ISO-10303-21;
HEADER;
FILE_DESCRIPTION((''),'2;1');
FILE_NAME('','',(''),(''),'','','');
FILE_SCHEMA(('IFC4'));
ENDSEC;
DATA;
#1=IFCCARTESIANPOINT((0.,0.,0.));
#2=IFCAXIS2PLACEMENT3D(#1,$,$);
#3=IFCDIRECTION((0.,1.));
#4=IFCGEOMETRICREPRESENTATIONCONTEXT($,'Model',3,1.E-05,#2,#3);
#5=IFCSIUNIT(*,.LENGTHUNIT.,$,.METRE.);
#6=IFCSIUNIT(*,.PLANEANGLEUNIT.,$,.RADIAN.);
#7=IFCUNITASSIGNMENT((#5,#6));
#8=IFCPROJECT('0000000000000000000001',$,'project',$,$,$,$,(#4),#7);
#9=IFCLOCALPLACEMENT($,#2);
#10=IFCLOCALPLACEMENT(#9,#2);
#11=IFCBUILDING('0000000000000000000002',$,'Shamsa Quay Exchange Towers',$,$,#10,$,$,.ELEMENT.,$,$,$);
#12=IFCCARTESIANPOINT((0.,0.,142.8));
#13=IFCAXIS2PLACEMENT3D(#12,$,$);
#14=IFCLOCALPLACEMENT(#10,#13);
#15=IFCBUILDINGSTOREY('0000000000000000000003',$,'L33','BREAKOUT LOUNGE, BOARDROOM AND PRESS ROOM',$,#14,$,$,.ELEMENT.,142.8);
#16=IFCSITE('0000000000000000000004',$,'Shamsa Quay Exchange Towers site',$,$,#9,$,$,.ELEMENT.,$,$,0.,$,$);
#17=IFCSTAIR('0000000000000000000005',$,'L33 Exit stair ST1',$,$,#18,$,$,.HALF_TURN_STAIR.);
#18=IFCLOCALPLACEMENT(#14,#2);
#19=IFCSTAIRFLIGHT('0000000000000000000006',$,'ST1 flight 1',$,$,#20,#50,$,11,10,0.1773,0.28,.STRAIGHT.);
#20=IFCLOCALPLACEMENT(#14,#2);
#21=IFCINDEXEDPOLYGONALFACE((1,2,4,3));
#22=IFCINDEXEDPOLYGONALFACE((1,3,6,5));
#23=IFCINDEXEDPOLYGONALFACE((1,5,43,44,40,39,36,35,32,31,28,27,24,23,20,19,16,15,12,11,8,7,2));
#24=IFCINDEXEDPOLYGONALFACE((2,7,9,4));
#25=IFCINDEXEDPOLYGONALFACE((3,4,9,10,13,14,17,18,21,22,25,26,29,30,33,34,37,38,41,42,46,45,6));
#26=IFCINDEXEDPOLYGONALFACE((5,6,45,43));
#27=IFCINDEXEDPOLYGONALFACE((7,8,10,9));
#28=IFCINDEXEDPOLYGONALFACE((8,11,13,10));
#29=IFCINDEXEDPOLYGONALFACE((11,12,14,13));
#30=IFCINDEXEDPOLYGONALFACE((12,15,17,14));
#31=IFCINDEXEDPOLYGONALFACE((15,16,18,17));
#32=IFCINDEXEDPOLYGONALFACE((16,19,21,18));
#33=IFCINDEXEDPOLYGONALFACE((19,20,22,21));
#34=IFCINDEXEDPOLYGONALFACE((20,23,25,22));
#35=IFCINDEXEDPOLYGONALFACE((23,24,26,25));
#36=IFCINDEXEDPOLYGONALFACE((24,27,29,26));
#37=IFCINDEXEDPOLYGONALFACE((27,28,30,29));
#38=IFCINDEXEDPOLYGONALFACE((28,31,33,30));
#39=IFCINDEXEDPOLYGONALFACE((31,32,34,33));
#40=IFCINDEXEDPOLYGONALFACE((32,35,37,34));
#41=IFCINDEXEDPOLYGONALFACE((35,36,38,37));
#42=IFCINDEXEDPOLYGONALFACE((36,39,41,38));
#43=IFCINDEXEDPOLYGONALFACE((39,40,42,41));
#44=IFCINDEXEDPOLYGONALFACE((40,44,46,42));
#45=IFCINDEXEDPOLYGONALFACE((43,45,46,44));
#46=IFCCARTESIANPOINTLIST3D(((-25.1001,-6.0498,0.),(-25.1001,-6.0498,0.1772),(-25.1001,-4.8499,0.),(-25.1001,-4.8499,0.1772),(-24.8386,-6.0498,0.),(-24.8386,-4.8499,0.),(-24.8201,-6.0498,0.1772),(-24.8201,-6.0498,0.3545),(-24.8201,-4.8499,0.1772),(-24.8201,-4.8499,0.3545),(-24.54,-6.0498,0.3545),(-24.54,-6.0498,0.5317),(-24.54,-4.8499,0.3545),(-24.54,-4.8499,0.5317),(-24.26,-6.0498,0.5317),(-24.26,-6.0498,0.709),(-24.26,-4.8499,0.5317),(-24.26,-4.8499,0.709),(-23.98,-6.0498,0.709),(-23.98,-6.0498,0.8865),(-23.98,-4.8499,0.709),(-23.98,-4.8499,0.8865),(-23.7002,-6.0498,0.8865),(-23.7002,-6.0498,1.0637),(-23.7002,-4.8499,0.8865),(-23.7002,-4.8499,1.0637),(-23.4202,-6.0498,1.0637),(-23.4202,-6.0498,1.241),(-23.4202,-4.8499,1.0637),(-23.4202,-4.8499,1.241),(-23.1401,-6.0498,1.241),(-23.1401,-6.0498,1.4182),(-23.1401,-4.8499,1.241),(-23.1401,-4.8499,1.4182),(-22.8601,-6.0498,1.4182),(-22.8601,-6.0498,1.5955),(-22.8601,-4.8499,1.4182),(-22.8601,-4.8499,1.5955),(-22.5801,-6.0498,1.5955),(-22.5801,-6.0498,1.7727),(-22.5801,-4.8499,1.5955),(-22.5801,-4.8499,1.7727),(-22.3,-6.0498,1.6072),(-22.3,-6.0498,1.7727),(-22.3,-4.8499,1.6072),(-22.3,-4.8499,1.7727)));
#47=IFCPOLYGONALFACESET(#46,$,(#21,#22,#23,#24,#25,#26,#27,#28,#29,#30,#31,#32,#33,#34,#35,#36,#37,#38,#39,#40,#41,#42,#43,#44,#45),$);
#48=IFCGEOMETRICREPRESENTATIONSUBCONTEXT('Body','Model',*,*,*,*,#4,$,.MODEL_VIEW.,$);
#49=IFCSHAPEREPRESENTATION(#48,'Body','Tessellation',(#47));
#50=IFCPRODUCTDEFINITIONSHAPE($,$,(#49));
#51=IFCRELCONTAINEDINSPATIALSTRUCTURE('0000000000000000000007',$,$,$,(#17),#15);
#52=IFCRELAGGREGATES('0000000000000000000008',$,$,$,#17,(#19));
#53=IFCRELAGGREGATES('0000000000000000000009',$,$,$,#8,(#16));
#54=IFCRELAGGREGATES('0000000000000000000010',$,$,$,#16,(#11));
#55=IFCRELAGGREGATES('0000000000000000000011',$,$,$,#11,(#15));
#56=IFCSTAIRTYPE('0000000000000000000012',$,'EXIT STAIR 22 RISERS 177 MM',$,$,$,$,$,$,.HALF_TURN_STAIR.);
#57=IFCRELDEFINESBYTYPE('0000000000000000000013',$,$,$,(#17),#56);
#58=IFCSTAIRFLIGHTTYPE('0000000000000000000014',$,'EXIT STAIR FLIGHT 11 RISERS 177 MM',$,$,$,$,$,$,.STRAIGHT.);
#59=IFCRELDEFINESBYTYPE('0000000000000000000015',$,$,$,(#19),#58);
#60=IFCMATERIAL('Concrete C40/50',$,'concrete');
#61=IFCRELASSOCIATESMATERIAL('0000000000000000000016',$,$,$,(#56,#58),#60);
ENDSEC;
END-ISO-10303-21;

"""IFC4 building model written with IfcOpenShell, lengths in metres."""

from ifc_helpers import new_model, si_unit, direction, frame, origin, place, context, subcontext, project, spatial, polyline, outline, extrude, material, type_object, element, aggregate, save


model = new_model("IFC4")

# Units and contexts
model_context = context("Model", 3, precision=1e-05, world=origin(), true_north=direction((0.0, 1.0)))
body_context = subcontext(model_context, "Body", "Model", "MODEL_VIEW")
ifc_project = project(units=[si_unit("LENGTHUNIT", "METRE"), si_unit("PLANEANGLEUNIT", "RADIAN")], contexts=[model_context])

# Site, building, storey
site_placement = place(None, origin())
site = spatial("IfcSite", under=ifc_project, at=site_placement, Name="Shamsa Quay Exchange Towers site", CompositionType="ELEMENT", RefElevation=0.0)
building_placement = place(site_placement, origin())
building = spatial("IfcBuilding", under=site, at=building_placement, Name="Shamsa Quay Exchange Towers", CompositionType="ELEMENT")
storey_placement = place(building_placement, frame((0.0, 0.0, 142.8)))
storey = spatial("IfcBuildingStorey", under=building, at=storey_placement, Name="L33", Description="BREAKOUT LOUNGE, BOARDROOM AND PRESS ROOM", CompositionType="ELEMENT", Elevation=142.8)

# Stair, stair flight
ifc_material_1 = material(Name="Concrete C40/50", Category="concrete")
stair_type = type_object("IfcStairType", Name="EXIT STAIR 22 RISERS 177 MM", PredefinedType="HALF_TURN_STAIR", material=ifc_material_1)
stair_placement = place(storey_placement, origin())
stair = element("IfcStair", 1, at=stair_placement, inside=storey, type_object=stair_type, Name="L33 Exit stair ST1", PredefinedType="HALF_TURN_STAIR")
stair_flight_type = type_object("IfcStairFlightType", Name="EXIT STAIR FLIGHT 11 RISERS 177 MM", PredefinedType="STRAIGHT", material=ifc_material_1)
stair_flight_placement = place(storey_placement, frame((-25.1001, -5.45, 0.0)))
stair_flight = element("IfcStairFlight", 2, at=stair_flight_placement, type_object=stair_flight_type, Name="ST1 flight 1", NumberOfRisers=11, NumberOfTreads=10, PredefinedType="STRAIGHT", RiserHeight=0.1773, TreadLength=0.28, context=body_context, shape_type="SweptSolid", body=[
    extrude(outline(polyline([(0.0, 0.0), (0.0, 0.1772), (0.28, 0.1772), (0.28, 0.3545), (0.5601, 0.3545), (0.5601, 0.5317), (0.8401, 0.5317), (0.8401, 0.709), (1.1201, 0.709), (1.1201, 0.8865), (1.3999, 0.8865), (1.3999, 1.0637), (1.6799, 1.0637), (1.6799, 1.241), (1.96, 1.241), (1.96, 1.4182), (2.24, 1.4182), (2.24, 1.5955), (2.52, 1.5955), (2.52, 1.7727), (2.8, 1.7727), (2.8, 1.95), (2.8, 1.6072), (0.2615, 0.0), (0.0, 0.0)])), frame((0.0, 0.6001, 0.0), z_axis=(0.0, -1.0, 0.0), x_axis=(1.0, 0.0, 0.0)), (0.0, 0.0, 1.0), 1.2),
])
aggregate(stair, [stair_flight])

save(model, "model.ifc")
